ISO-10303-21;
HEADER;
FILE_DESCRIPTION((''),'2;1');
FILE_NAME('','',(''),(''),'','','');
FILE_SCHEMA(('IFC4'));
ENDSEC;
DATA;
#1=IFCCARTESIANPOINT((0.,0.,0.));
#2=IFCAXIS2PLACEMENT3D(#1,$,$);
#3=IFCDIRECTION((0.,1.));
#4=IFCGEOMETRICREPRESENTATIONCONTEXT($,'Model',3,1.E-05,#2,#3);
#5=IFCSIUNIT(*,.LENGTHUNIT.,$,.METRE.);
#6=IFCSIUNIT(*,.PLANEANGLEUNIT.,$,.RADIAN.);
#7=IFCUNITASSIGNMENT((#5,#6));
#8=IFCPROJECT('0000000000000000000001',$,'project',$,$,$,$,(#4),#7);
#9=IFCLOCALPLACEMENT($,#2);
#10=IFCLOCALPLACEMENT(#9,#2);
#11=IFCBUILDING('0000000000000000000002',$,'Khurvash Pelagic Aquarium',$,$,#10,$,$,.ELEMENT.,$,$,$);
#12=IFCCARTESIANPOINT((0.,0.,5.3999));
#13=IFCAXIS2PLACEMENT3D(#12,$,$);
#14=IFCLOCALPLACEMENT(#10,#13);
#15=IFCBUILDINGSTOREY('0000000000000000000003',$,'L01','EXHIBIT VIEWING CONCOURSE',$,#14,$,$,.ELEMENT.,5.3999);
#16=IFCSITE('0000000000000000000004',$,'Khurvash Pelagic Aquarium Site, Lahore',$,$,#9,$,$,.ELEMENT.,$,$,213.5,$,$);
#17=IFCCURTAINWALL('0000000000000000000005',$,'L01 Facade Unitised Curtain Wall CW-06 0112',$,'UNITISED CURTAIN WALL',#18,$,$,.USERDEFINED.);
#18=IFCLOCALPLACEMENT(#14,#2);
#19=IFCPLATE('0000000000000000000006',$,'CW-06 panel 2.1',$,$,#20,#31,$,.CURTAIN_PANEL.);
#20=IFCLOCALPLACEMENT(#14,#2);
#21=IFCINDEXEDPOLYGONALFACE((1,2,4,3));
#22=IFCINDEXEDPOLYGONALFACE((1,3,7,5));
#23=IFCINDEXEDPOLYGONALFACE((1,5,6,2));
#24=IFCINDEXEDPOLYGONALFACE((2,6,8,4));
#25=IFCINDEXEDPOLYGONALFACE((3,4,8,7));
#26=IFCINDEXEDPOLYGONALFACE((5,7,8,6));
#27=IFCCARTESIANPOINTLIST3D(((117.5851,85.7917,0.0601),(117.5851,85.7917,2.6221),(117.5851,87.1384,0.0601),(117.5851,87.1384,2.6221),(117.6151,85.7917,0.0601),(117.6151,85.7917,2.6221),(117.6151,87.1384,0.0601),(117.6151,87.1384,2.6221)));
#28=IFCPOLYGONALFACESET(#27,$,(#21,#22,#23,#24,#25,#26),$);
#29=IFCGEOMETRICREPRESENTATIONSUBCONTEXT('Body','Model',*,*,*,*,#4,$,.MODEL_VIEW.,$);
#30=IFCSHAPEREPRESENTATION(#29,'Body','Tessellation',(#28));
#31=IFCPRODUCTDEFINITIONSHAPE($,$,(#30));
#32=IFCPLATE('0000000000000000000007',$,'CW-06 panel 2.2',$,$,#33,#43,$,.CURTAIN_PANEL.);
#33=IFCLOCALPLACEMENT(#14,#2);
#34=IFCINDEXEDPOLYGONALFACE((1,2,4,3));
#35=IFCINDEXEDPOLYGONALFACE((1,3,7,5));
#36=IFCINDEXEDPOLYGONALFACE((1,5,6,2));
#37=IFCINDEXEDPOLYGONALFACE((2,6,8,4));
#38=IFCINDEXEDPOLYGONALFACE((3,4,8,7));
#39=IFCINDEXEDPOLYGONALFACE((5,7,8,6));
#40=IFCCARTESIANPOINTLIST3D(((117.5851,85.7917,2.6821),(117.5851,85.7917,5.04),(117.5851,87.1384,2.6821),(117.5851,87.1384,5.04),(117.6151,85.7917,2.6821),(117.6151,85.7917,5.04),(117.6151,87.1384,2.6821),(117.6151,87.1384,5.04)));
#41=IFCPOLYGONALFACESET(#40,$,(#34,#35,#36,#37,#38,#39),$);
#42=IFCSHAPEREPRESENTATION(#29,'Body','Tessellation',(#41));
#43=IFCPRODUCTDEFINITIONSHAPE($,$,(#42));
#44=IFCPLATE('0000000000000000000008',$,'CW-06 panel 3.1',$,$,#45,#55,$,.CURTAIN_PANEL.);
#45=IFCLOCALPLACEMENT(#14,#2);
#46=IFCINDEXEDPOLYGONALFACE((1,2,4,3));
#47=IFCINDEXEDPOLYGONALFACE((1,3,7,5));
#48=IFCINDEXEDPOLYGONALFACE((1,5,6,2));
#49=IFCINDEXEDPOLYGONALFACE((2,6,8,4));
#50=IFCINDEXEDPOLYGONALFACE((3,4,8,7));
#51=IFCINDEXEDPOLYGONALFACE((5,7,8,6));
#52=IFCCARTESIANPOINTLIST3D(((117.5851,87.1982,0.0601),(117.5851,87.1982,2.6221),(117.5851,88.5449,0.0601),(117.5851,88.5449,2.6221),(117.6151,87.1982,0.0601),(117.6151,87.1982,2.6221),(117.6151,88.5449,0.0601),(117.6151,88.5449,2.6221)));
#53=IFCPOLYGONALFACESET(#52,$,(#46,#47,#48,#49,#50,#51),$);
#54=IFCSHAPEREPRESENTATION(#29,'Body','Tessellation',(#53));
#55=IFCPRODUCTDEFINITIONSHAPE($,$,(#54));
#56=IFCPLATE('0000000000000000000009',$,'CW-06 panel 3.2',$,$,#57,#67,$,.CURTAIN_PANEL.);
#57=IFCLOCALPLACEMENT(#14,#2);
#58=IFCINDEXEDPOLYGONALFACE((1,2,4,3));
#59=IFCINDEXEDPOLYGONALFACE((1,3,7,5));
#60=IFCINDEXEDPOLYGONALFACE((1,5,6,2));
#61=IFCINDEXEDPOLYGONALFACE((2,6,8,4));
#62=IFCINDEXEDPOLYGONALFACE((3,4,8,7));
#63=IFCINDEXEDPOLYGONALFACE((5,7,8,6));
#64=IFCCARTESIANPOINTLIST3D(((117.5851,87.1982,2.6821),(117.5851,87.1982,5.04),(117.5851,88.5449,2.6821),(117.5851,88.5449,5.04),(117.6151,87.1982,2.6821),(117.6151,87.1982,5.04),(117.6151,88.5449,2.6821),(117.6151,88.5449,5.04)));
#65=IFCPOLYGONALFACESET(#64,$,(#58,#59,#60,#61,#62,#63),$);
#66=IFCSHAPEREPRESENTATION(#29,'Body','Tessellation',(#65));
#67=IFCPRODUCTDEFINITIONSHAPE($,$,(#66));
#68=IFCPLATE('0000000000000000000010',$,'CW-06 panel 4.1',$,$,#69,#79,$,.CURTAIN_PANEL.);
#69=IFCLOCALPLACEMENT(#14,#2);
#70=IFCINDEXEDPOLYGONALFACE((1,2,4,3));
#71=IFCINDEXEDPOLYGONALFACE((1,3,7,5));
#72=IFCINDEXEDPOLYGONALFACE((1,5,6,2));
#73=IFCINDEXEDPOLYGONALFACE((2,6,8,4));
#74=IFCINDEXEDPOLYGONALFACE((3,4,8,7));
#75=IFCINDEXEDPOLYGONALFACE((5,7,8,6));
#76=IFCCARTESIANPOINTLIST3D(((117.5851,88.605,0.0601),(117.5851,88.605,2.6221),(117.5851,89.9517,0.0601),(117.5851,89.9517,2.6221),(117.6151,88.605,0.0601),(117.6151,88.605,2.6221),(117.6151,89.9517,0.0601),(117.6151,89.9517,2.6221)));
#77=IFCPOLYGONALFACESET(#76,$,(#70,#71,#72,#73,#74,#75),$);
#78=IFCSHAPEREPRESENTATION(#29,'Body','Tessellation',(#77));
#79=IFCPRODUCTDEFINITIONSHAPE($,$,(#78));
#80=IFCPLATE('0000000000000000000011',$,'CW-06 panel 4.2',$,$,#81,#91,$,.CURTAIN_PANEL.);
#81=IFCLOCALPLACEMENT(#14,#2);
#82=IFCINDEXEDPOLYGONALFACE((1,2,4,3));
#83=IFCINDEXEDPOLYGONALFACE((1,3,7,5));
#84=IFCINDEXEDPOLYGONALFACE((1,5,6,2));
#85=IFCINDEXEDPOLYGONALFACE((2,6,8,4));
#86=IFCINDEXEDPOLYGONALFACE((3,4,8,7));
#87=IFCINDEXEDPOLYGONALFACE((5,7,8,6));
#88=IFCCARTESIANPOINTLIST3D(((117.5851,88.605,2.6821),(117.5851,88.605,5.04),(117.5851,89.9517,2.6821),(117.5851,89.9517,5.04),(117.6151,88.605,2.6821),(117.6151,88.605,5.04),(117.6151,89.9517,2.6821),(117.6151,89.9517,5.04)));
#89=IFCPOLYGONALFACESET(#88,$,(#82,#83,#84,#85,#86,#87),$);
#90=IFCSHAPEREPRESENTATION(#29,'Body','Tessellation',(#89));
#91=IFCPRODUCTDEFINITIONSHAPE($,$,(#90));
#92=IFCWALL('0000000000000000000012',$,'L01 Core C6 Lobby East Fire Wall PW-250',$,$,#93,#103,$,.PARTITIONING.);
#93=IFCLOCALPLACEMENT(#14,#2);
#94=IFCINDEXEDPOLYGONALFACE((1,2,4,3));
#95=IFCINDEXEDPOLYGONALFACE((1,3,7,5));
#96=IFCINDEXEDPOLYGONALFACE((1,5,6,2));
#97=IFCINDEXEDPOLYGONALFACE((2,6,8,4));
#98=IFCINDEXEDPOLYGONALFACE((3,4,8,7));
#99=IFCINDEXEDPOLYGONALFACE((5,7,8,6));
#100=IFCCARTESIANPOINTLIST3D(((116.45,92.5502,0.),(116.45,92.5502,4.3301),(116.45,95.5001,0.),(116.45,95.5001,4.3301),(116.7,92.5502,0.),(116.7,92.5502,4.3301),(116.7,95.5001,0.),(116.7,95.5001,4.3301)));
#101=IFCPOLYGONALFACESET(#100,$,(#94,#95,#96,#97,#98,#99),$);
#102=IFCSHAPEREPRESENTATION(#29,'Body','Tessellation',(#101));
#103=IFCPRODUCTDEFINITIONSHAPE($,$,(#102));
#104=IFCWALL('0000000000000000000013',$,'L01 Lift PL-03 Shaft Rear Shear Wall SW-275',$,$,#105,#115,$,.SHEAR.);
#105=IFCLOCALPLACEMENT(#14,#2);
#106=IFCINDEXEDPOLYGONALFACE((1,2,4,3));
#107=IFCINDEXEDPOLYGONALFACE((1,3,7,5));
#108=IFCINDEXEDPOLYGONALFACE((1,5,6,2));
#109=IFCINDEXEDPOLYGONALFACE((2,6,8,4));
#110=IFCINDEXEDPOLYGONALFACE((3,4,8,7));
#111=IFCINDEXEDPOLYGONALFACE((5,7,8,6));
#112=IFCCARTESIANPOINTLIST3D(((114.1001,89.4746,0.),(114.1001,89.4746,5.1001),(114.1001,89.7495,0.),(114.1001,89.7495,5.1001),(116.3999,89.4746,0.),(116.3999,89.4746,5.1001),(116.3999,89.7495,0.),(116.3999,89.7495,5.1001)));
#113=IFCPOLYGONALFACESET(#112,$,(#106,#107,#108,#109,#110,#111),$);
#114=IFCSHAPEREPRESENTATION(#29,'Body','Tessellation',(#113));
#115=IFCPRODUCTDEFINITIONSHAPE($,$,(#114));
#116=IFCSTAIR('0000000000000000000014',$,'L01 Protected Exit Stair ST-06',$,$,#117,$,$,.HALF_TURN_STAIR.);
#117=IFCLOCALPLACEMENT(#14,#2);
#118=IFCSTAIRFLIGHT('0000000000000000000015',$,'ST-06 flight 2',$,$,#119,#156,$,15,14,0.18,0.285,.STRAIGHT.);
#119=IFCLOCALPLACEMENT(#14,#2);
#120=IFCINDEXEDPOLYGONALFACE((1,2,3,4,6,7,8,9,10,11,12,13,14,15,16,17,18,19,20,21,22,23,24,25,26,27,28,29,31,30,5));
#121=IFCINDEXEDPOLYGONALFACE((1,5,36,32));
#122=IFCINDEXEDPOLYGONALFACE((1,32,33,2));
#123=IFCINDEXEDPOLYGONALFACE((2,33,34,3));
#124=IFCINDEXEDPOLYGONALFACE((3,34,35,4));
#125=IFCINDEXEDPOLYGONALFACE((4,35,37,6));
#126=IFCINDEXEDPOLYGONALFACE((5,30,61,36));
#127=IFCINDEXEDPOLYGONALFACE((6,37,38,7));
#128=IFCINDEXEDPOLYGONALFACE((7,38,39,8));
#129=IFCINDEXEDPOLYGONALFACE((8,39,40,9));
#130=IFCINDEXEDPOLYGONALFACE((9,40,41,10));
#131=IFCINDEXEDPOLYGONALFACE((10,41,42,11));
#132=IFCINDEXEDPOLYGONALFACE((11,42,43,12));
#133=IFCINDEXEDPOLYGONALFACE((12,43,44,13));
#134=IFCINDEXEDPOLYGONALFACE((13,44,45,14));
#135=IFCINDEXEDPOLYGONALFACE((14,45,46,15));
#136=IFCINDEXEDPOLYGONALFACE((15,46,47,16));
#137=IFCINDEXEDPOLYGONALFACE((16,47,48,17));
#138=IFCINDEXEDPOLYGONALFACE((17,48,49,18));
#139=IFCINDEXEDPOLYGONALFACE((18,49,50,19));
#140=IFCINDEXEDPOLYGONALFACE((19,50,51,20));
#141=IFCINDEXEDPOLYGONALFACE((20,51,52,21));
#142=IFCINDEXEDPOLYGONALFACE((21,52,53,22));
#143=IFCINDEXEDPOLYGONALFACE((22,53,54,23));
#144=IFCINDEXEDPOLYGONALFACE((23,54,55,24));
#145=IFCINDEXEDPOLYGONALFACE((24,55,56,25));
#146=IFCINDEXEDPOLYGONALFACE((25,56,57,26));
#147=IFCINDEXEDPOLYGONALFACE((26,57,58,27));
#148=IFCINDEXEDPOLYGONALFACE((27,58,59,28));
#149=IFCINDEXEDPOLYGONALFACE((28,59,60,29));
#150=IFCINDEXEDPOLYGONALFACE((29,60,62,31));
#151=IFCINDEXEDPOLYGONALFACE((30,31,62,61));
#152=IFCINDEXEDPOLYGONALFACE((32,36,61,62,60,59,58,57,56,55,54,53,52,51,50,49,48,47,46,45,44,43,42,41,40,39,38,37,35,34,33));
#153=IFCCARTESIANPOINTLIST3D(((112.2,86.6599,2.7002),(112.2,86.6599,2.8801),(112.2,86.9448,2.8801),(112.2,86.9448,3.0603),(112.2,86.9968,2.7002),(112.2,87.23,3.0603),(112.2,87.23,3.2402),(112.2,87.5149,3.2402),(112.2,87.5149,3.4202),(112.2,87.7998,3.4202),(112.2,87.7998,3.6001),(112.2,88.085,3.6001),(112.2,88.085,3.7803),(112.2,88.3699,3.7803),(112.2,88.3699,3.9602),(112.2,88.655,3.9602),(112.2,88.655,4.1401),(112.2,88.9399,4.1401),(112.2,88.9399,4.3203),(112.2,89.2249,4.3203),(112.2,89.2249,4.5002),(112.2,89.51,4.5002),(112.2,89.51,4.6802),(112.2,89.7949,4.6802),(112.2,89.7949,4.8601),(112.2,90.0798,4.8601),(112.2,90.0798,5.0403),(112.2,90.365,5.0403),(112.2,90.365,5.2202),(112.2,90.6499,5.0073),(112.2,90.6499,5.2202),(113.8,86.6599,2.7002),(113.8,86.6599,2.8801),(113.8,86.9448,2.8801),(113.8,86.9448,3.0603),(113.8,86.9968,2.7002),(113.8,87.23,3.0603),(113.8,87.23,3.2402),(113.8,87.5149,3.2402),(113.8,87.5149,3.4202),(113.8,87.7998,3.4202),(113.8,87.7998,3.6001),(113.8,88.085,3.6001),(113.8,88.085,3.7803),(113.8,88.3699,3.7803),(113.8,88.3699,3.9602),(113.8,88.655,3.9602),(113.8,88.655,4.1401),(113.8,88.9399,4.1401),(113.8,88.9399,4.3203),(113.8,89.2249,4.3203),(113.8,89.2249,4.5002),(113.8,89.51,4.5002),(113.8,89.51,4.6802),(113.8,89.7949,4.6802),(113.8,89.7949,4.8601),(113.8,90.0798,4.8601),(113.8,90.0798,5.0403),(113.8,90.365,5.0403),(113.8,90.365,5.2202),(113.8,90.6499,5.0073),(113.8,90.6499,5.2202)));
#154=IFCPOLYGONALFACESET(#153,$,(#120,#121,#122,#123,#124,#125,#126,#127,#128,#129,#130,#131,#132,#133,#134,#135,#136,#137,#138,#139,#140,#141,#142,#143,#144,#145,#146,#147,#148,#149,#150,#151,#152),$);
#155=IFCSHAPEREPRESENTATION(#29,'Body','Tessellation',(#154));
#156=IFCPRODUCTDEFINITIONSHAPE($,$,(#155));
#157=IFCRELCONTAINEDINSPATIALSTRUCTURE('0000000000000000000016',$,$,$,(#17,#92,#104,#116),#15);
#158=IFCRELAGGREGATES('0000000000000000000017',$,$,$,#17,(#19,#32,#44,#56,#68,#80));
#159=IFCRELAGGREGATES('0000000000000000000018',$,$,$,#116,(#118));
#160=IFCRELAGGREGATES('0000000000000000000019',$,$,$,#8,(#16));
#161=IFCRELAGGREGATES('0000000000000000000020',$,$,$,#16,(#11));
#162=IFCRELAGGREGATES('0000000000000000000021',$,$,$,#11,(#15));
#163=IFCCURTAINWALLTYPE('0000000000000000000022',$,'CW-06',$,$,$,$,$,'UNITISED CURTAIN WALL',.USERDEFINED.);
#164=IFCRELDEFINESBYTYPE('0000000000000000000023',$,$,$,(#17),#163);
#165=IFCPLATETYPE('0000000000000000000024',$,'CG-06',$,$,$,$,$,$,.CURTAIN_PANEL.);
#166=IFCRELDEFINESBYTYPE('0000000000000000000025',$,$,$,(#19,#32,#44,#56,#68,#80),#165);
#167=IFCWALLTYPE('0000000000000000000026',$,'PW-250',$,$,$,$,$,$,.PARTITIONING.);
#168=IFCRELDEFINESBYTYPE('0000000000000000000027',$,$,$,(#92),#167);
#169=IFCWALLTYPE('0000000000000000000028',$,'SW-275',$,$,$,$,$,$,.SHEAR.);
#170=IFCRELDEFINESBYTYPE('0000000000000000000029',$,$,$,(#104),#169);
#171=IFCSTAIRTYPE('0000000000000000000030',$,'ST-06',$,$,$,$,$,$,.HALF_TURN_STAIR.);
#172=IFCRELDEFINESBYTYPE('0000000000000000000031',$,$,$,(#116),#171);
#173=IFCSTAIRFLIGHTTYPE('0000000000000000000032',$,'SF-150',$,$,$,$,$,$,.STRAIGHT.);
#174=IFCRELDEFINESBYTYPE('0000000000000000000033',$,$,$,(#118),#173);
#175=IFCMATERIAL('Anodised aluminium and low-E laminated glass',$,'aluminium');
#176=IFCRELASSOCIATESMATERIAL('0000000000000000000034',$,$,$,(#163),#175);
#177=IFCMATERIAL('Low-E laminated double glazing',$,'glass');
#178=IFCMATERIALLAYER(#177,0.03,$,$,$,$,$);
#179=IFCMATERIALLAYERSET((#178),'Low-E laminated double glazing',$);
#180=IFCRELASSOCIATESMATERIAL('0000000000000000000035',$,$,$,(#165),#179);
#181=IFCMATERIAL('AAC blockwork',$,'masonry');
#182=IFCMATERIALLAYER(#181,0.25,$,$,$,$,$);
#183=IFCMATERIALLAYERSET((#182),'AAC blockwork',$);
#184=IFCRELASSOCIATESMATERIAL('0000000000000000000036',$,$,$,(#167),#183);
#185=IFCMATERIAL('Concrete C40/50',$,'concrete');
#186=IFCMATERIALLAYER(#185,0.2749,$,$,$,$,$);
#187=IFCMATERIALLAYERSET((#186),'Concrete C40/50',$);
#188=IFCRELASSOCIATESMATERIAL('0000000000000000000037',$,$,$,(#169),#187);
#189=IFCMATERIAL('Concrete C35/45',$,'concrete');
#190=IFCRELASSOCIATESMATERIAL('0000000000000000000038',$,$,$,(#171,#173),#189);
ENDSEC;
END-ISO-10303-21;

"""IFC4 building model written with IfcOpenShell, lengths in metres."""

from ifc_helpers import new_model, si_unit, direction, frame, frame_2d, origin, origin_2d, place, context, subcontext, project, spatial, polyline, rectangle, outline, extrude, material, layer, layer_set, type_object, element, aggregate, save


model = new_model("IFC4")

# Units and contexts
model_context = context("Model", 3, precision=1e-05, world=origin(), true_north=direction((0.0, 1.0)))
body_context = subcontext(model_context, "Body", "Model", "MODEL_VIEW")
ifc_project = project(units=[si_unit("LENGTHUNIT", "METRE"), si_unit("PLANEANGLEUNIT", "RADIAN")], contexts=[model_context])

# Site, building, storey
site_placement = place(None, origin())
site = spatial("IfcSite", under=ifc_project, at=site_placement, Name="Khurvash Pelagic Aquarium Site, Lahore", CompositionType="ELEMENT", RefElevation=213.5)
building_placement = place(site_placement, origin())
building = spatial("IfcBuilding", under=site, at=building_placement, Name="Khurvash Pelagic Aquarium", CompositionType="ELEMENT")
storey_placement = place(building_placement, frame((0.0, 0.0, 5.3999)))
storey = spatial("IfcBuildingStorey", under=building, at=storey_placement, Name="L01", Description="EXHIBIT VIEWING CONCOURSE", CompositionType="ELEMENT", Elevation=5.3999)

# Curtain wall, plates
ifc_material_1 = material(Name="Anodised aluminium and low-E laminated glass", Category="aluminium")
curtain_wall_type = type_object("IfcCurtainWallType", Name="CW-06", ElementType="UNITISED CURTAIN WALL", PredefinedType="USERDEFINED", material=ifc_material_1)
curtain_wall_placement = place(storey_placement, origin())
curtain_wall = element("IfcCurtainWall", 1, at=curtain_wall_placement, inside=storey, type_object=curtain_wall_type, Name="L01 Facade Unitised Curtain Wall CW-06 0112", ObjectType="UNITISED CURTAIN WALL", PredefinedType="USERDEFINED")
ifc_material_2 = material(Name="Low-E laminated double glazing", Category="glass")
ifc_layer_1 = layer(ifc_material_2, 0.03)
ifc_layer_set_1 = layer_set([ifc_layer_1], Name="Low-E laminated double glazing")
plate_type = type_object("IfcPlateType", Name="CG-06", PredefinedType="CURTAIN_PANEL", material=ifc_layer_set_1)
plate_1_placement = place(storey_placement, frame((117.6001, 86.4651, 0.0601), z_axis=(0.0, 0.0, 1.0), x_axis=(0.0, 1.0, 0.0)))
plate_1 = element("IfcPlate", 2, at=plate_1_placement, type_object=plate_type, Name="CW-06 panel 2.1", PredefinedType="CURTAIN_PANEL", context=body_context, shape_type="SweptSolid", body=[
    extrude(rectangle(XDim=1.3467, YDim=0.03, at=origin_2d()), origin(), (0.0, 0.0, 1.0), 2.562),
])
plate_2_placement = place(storey_placement, frame((117.6001, 86.4651, 2.6821), z_axis=(0.0, 0.0, 1.0), x_axis=(0.0, 1.0, 0.0)))
plate_2 = element("IfcPlate", 3, at=plate_2_placement, type_object=plate_type, Name="CW-06 panel 2.2", PredefinedType="CURTAIN_PANEL", context=body_context, shape_type="SweptSolid", body=[
    extrude(rectangle(XDim=1.3467, YDim=0.03, at=origin_2d()), origin(), (0.0, 0.0, 1.0), 2.3579),
])
plate_3_placement = place(storey_placement, frame((117.6001, 87.8716, 0.0601), z_axis=(0.0, 0.0, 1.0), x_axis=(0.0, 1.0, 0.0)))
plate_3 = element("IfcPlate", 4, at=plate_3_placement, type_object=plate_type, Name="CW-06 panel 3.1", PredefinedType="CURTAIN_PANEL", context=body_context, shape_type="SweptSolid", body=[
    extrude(rectangle(XDim=1.3467, YDim=0.03, at=origin_2d()), origin(), (0.0, 0.0, 1.0), 2.562),
])
plate_4_placement = place(storey_placement, frame((117.6001, 87.8716, 2.6821), z_axis=(0.0, 0.0, 1.0), x_axis=(0.0, 1.0, 0.0)))
plate_4 = element("IfcPlate", 5, at=plate_4_placement, type_object=plate_type, Name="CW-06 panel 3.2", PredefinedType="CURTAIN_PANEL", context=body_context, shape_type="SweptSolid", body=[
    extrude(rectangle(XDim=1.3467, YDim=0.03, at=origin_2d()), origin(), (0.0, 0.0, 1.0), 2.3579),
])
plate_5_placement = place(storey_placement, frame((117.6001, 89.2783, 0.0601), z_axis=(0.0, 0.0, 1.0), x_axis=(0.0, 1.0, 0.0)))
plate_5 = element("IfcPlate", 6, at=plate_5_placement, type_object=plate_type, Name="CW-06 panel 4.1", PredefinedType="CURTAIN_PANEL", context=body_context, shape_type="SweptSolid", body=[
    extrude(rectangle(XDim=1.3467, YDim=0.03, at=origin_2d()), origin(), (0.0, 0.0, 1.0), 2.562),
])
plate_6_placement = place(storey_placement, frame((117.6001, 89.2783, 2.6821), z_axis=(0.0, 0.0, 1.0), x_axis=(0.0, 1.0, 0.0)))
plate_6 = element("IfcPlate", 7, at=plate_6_placement, type_object=plate_type, Name="CW-06 panel 4.2", PredefinedType="CURTAIN_PANEL", context=body_context, shape_type="SweptSolid", body=[
    extrude(rectangle(XDim=1.3467, YDim=0.03, at=origin_2d()), origin(), (0.0, 0.0, 1.0), 2.3579),
])
aggregate(curtain_wall, [plate_1, plate_2, plate_3, plate_4, plate_5, plate_6])

# Walls
ifc_material_3 = material(Name="AAC blockwork", Category="masonry")
ifc_layer_2 = layer(ifc_material_3, 0.25)
ifc_layer_set_2 = layer_set([ifc_layer_2], Name="AAC blockwork")
wall_type_1 = type_object("IfcWallType", Name="PW-250", PredefinedType="PARTITIONING", material=ifc_layer_set_2)
wall_1_placement = place(storey_placement, frame((116.575, 92.55, 0.0), z_axis=(0.0, 0.0, 1.0), x_axis=(0.0, 1.0, 0.0)))
element("IfcWall", 8, at=wall_1_placement, inside=storey, type_object=wall_type_1, Name="L01 Core C6 Lobby East Fire Wall PW-250", PredefinedType="PARTITIONING", context=body_context, shape_type="SweptSolid", body=[
    extrude(rectangle(XDim=2.95, YDim=0.25, at=frame_2d((1.4751, 0.0))), origin(), (0.0, 0.0, 1.0), 4.3301),
])
ifc_material_4 = material(Name="Concrete C40/50", Category="concrete")
ifc_layer_3 = layer(ifc_material_4, 0.2749)
ifc_layer_set_3 = layer_set([ifc_layer_3], Name="Concrete C40/50")
wall_type_2 = type_object("IfcWallType", Name="SW-275", PredefinedType="SHEAR", material=ifc_layer_set_3)
wall_2_placement = place(storey_placement, frame((114.1001, 89.6121, 0.0), z_axis=(0.0, 0.0, 1.0), x_axis=(1.0, 0.0, 0.0)))
element("IfcWall", 9, at=wall_2_placement, inside=storey, type_object=wall_type_2, Name="L01 Lift PL-03 Shaft Rear Shear Wall SW-275", PredefinedType="SHEAR", context=body_context, shape_type="SweptSolid", body=[
    extrude(rectangle(XDim=2.2998, YDim=0.2749, at=frame_2d((1.1499, 0.0))), origin(), (0.0, 0.0, 1.0), 5.1001),
])

# Stair, stair flight
ifc_material_5 = material(Name="Concrete C35/45", Category="concrete")
stair_type = type_object("IfcStairType", Name="ST-06", PredefinedType="HALF_TURN_STAIR", material=ifc_material_5)
stair_placement = place(storey_placement, origin())
stair = element("IfcStair", 10, at=stair_placement, inside=storey, type_object=stair_type, Name="L01 Protected Exit Stair ST-06", PredefinedType="HALF_TURN_STAIR")
stair_flight_type = type_object("IfcStairFlightType", Name="SF-150", PredefinedType="STRAIGHT", material=ifc_material_5)
stair_flight_placement = place(storey_placement, frame((113.0, 86.6599, 2.7002), z_axis=(0.0, 0.0, 1.0), x_axis=(0.0, 1.0, 0.0)))
stair_flight = element("IfcStairFlight", 11, at=stair_flight_placement, type_object=stair_flight_type, Name="ST-06 flight 2", NumberOfRisers=15, NumberOfTreads=14, PredefinedType="STRAIGHT", RiserHeight=0.18, TreadLength=0.285, context=body_context, shape_type="SweptSolid", body=[
    extrude(outline(polyline([(0.0, 0.0), (0.0, 0.1799), (0.2849, 0.1799), (0.2849, 0.3601), (0.5701, 0.3601), (0.5701, 0.54), (0.855, 0.54), (0.855, 0.72), (1.1399, 0.72), (1.1399, 0.8999), (1.425, 0.8999), (1.425, 1.0801), (1.71, 1.0801), (1.71, 1.26), (1.9951, 1.26), (1.9951, 1.4399), (2.28, 1.4399), (2.28, 1.6201), (2.5649, 1.6201), (2.5649, 1.8), (2.8501, 1.8), (2.8501, 1.98), (3.135, 1.98), (3.135, 2.1599), (3.4199, 2.1599), (3.4199, 2.3401), (3.7051, 2.3401), (3.7051, 2.52), (3.99, 2.52), (3.99, 2.7), (3.99, 2.3071), (0.3369, 0.0), (0.0, 0.0)])), frame((0.0, 0.8, 0.0), z_axis=(0.0, -1.0, 0.0), x_axis=(1.0, 0.0, 0.0)), (0.0, 0.0, 1.0), 1.6001),
])
aggregate(stair, [stair_flight])

save(model, "model.ifc")
